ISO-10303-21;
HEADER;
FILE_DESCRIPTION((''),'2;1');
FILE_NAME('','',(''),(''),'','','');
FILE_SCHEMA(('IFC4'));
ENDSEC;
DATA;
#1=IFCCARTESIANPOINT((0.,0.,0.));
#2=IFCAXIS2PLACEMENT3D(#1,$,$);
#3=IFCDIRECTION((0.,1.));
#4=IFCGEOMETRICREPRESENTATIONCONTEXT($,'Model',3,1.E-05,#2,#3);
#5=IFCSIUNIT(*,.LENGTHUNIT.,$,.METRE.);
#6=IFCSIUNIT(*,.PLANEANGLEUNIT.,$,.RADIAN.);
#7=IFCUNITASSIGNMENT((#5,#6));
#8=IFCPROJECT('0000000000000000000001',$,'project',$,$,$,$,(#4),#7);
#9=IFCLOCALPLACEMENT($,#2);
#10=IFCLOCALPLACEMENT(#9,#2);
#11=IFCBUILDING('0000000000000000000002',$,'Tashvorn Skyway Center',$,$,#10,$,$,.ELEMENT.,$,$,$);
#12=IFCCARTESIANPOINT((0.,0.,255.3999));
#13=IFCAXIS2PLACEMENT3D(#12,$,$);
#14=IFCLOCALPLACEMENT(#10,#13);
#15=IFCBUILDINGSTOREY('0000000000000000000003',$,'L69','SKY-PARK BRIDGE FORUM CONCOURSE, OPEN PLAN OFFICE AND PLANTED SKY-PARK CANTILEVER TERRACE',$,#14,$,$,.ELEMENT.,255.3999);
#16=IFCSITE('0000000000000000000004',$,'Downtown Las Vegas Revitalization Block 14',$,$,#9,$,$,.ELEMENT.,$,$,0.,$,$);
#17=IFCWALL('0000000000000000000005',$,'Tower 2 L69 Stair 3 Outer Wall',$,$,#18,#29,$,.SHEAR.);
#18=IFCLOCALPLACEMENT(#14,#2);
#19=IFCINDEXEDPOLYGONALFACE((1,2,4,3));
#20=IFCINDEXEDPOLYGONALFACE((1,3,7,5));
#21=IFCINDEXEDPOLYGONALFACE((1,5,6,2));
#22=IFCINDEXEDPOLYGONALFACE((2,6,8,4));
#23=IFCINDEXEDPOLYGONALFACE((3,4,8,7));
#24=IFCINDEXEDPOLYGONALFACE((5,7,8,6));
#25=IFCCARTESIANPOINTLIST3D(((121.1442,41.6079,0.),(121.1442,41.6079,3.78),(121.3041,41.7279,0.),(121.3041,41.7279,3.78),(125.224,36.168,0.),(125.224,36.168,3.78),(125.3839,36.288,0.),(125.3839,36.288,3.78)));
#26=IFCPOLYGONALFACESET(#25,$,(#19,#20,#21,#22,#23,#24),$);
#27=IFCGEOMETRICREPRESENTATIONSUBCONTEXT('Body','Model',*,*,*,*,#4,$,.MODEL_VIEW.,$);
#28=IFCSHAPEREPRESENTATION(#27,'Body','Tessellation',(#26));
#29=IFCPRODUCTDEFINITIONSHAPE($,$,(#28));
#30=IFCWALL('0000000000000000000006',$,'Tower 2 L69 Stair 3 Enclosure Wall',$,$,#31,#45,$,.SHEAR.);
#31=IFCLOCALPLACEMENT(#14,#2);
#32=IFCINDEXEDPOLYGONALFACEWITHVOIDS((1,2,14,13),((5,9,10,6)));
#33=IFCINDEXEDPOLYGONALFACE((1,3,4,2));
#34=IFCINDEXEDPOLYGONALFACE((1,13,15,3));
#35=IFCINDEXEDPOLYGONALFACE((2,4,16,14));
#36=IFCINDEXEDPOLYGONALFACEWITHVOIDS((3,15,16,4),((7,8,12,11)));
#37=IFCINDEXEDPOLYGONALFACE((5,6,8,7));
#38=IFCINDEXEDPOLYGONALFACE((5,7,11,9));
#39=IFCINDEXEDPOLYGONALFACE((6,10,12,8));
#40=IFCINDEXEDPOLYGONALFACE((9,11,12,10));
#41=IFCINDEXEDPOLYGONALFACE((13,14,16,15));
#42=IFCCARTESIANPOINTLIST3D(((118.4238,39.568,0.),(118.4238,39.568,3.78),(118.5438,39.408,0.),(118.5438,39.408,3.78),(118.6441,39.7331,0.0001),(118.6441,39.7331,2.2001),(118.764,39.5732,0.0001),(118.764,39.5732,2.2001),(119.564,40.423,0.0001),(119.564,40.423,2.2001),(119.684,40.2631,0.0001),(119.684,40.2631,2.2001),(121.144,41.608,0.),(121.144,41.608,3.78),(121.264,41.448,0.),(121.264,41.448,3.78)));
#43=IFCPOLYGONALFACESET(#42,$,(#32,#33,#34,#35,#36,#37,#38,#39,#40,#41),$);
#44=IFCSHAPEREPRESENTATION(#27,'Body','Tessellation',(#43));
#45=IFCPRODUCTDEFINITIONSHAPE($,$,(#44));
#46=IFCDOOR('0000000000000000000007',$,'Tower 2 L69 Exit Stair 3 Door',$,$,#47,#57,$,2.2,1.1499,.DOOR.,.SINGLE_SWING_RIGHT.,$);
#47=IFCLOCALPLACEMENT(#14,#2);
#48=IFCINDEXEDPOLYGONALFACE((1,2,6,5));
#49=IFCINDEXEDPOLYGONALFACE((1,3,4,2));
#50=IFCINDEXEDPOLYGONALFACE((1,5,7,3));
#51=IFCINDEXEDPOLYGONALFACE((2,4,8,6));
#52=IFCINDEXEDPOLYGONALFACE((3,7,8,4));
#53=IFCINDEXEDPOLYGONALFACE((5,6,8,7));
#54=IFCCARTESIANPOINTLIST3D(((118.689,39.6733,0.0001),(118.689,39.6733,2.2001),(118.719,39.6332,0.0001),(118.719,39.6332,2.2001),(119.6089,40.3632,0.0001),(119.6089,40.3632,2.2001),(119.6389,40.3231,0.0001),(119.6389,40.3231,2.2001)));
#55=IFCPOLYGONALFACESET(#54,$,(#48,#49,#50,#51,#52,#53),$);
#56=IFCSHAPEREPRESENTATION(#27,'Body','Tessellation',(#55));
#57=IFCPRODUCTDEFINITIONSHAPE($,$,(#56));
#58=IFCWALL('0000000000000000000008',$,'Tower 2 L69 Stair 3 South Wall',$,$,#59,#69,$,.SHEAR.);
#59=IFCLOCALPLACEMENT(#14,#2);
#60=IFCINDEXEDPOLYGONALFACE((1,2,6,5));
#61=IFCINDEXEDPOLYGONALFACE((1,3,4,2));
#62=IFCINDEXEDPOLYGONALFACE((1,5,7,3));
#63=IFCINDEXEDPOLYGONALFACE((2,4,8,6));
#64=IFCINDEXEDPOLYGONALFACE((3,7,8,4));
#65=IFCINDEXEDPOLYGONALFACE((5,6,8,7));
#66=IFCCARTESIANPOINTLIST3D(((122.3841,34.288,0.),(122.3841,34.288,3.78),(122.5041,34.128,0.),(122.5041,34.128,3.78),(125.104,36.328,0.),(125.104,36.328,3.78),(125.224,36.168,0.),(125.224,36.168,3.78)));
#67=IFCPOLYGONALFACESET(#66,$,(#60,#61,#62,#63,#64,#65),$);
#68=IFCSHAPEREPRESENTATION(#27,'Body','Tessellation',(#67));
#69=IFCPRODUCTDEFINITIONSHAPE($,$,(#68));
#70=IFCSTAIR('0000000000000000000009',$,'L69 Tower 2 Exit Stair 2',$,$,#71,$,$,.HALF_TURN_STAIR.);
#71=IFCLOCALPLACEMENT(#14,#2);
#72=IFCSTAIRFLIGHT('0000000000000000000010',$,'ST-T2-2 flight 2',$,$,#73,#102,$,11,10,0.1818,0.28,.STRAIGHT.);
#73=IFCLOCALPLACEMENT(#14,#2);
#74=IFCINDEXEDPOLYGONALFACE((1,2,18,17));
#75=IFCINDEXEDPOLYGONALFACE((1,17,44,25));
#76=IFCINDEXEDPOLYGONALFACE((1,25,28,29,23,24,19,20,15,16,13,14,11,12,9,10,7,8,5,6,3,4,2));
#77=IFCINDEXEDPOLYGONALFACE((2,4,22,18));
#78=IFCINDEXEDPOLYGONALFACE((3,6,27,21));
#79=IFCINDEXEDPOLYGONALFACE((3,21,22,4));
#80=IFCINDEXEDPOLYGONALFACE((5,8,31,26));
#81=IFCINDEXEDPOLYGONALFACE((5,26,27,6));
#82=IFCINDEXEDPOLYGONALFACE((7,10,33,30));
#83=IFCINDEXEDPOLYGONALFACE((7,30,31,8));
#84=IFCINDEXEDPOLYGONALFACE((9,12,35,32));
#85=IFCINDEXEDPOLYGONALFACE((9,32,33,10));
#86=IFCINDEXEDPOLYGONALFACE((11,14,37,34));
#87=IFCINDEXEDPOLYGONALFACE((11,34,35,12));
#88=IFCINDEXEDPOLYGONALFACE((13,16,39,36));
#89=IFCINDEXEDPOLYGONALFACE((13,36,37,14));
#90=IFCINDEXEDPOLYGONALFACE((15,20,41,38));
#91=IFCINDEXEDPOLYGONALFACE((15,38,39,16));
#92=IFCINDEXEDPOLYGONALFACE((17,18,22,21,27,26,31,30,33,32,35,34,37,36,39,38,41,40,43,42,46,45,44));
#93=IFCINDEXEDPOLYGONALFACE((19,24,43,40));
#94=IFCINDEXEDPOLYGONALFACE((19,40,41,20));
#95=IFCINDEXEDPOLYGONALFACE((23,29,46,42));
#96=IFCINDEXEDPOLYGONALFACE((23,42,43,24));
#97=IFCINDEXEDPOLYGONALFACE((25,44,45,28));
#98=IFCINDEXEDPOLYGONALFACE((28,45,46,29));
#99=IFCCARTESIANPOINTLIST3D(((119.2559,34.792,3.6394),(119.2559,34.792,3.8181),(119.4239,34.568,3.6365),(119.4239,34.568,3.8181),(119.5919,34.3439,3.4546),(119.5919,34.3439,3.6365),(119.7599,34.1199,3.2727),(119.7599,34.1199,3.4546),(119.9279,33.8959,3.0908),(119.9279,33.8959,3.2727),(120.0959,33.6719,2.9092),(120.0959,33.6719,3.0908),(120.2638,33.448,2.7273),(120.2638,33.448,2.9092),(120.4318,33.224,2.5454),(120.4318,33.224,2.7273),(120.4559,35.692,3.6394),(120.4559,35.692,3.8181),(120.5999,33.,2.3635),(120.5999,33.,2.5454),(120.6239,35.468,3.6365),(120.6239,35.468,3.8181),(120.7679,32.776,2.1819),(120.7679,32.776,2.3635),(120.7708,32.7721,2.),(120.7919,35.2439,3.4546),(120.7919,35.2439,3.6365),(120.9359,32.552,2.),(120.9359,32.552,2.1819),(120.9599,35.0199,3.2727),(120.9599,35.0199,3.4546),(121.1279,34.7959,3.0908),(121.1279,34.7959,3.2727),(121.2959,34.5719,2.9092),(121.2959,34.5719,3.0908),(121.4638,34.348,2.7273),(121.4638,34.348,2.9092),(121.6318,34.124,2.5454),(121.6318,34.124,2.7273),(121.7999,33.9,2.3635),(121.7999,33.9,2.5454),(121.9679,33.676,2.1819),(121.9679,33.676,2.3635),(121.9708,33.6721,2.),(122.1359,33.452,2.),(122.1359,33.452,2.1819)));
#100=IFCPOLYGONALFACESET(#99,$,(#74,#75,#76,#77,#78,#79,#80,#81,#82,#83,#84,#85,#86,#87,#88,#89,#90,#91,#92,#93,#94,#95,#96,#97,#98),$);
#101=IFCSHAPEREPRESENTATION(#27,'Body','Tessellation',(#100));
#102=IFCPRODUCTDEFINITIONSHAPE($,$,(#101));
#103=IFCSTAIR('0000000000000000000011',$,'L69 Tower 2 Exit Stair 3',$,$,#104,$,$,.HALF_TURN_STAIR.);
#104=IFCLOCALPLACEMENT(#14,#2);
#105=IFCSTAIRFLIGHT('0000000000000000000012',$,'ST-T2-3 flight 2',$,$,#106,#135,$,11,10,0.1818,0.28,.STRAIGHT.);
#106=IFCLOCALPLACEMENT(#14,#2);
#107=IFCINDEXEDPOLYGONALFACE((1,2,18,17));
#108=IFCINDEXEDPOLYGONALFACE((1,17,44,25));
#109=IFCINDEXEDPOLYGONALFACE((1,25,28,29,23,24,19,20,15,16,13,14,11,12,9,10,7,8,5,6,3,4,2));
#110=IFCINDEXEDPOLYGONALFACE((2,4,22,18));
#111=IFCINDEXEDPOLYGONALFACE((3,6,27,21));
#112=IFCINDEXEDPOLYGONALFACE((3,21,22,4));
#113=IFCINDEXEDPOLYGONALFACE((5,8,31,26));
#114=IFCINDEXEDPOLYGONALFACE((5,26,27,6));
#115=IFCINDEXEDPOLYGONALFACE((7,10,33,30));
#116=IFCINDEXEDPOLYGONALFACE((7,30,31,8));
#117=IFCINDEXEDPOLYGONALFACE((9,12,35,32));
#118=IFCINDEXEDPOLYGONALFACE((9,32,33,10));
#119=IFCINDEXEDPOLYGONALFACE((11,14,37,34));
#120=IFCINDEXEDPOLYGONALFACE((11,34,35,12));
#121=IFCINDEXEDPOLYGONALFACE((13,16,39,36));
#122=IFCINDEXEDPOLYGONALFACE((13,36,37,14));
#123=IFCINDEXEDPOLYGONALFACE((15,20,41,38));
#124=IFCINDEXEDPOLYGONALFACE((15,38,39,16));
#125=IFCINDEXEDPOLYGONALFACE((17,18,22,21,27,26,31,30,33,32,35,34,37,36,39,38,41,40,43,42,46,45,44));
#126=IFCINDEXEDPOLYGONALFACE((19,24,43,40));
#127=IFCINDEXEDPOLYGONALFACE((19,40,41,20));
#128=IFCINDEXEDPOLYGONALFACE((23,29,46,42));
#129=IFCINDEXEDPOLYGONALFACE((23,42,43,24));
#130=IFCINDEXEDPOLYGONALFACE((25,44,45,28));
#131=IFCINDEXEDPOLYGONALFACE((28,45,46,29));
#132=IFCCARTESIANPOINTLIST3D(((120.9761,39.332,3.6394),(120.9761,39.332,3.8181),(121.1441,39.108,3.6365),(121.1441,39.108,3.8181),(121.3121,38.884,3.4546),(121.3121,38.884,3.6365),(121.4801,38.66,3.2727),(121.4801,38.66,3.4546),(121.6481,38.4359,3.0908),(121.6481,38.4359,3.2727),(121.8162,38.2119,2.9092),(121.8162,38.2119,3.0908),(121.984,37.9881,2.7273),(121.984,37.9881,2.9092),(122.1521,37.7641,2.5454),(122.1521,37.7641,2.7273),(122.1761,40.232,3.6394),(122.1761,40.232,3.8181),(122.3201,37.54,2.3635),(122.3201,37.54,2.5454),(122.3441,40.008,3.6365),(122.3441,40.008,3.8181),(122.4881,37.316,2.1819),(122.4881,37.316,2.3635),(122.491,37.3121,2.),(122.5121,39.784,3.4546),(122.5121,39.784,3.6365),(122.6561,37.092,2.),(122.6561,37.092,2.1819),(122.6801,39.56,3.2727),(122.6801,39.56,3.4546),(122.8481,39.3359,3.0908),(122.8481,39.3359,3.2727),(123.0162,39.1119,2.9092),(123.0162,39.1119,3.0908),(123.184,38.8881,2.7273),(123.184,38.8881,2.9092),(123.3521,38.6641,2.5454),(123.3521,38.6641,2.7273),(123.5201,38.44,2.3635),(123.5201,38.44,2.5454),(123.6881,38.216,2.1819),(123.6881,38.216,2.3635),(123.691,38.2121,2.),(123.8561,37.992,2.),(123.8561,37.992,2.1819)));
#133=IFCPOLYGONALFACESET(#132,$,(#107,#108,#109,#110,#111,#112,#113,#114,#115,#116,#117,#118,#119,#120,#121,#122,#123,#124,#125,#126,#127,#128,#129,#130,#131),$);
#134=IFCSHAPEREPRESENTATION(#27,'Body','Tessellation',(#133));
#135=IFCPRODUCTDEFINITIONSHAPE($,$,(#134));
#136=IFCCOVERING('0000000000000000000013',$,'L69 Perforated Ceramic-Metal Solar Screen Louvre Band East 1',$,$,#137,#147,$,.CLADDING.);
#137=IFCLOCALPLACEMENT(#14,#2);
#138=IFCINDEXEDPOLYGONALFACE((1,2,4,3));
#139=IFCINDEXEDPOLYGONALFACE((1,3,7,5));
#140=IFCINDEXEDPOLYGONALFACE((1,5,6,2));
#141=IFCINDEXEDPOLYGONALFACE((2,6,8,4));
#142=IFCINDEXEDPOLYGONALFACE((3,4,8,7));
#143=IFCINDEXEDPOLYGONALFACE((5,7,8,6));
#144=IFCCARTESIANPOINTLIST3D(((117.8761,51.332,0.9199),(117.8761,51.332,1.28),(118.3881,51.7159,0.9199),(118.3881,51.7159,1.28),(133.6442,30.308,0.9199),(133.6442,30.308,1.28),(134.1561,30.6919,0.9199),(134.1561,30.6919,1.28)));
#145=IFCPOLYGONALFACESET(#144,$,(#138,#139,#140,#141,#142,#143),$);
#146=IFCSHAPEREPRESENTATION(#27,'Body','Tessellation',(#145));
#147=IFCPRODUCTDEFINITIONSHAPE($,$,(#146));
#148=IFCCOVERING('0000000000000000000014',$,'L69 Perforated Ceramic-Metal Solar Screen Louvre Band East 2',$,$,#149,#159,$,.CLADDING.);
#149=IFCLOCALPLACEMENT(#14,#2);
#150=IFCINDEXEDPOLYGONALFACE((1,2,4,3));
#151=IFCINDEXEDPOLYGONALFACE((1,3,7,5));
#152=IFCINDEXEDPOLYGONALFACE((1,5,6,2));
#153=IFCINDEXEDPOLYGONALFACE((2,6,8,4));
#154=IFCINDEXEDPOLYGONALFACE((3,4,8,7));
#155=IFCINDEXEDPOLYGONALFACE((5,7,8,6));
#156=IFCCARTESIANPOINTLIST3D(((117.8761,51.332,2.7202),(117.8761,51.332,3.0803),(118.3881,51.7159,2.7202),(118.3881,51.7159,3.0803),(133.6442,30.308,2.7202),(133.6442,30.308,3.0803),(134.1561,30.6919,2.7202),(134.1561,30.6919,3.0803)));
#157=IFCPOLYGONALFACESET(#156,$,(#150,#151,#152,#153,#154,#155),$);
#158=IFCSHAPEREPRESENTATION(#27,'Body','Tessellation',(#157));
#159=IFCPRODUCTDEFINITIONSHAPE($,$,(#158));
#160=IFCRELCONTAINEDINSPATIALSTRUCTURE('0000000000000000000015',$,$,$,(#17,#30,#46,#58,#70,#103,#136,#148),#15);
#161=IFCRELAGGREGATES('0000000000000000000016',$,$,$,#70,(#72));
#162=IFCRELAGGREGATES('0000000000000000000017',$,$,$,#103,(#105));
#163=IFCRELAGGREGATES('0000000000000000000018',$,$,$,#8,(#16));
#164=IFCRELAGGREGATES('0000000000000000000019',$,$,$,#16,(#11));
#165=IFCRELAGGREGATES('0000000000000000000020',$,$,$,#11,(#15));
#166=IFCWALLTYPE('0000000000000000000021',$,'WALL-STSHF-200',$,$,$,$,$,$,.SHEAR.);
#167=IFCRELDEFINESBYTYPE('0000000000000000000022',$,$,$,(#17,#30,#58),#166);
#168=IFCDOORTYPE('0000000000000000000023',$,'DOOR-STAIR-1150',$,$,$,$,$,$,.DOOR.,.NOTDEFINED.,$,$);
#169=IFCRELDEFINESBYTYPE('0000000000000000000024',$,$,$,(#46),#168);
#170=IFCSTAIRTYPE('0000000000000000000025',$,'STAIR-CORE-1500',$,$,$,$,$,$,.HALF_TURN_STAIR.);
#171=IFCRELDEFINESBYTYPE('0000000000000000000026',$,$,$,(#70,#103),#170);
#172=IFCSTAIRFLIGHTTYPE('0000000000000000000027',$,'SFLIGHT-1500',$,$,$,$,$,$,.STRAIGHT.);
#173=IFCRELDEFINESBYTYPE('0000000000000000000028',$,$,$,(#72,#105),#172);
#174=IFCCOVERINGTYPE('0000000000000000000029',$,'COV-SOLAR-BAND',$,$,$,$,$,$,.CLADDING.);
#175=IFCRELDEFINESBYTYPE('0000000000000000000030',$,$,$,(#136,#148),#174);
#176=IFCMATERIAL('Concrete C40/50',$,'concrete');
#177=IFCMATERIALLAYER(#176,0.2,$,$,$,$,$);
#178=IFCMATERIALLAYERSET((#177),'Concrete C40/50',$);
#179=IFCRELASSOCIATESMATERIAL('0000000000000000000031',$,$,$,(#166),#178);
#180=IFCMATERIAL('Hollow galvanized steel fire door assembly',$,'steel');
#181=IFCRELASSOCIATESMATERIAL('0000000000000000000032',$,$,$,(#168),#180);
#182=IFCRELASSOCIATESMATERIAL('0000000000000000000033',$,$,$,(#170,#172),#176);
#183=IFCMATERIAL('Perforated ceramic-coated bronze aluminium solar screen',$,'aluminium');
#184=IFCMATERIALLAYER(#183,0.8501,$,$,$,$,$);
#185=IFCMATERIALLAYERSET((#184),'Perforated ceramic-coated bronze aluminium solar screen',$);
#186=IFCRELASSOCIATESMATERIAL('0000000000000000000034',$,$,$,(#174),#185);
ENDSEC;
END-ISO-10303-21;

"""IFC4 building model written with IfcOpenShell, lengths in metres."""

from ifc_helpers import new_model, si_unit, direction, frame, frame_2d, origin, origin_2d, place, context, subcontext, project, spatial, polyline, rectangle, outline, extrude, material, layer, layer_set, type_object, element, fill, aggregate, save


model = new_model("IFC4")

# Units and contexts
model_context = context("Model", 3, precision=1e-05, world=origin(), true_north=direction((0.0, 1.0)))
body_context = subcontext(model_context, "Body", "Model", "MODEL_VIEW")
ifc_project = project(units=[si_unit("LENGTHUNIT", "METRE"), si_unit("PLANEANGLEUNIT", "RADIAN")], contexts=[model_context])

# Site, building, storey
site_placement = place(None, origin())
site = spatial("IfcSite", under=ifc_project, at=site_placement, Name="Downtown Las Vegas Revitalization Block 14", CompositionType="ELEMENT", RefElevation=0.0)
building_placement = place(site_placement, origin())
building = spatial("IfcBuilding", under=site, at=building_placement, Name="Tashvorn Skyway Center", CompositionType="ELEMENT")
storey_placement = place(building_placement, frame((0.0, 0.0, 255.3999)))
storey = spatial("IfcBuildingStorey", under=building, at=storey_placement, Name="L69", Description="SKY-PARK BRIDGE FORUM CONCOURSE, OPEN PLAN OFFICE AND PLANTED SKY-PARK CANTILEVER TERRACE", CompositionType="ELEMENT", Elevation=255.3999)

# Wall
ifc_material_1 = material(Name="Concrete C40/50", Category="concrete")
ifc_layer_1 = layer(ifc_material_1, 0.2)
ifc_layer_set_1 = layer_set([ifc_layer_1], Name="Concrete C40/50")
wall_type_1 = type_object("IfcWallType", Name="WALL-STSHF-200", PredefinedType="SHEAR", material=ifc_layer_set_1)
wall_1_placement = place(storey_placement, frame((125.304, 36.228, 0.0), z_axis=(0.0, 0.0, 1.0), x_axis=(-0.599989, 0.800009, 0.0)))
element("IfcWall", 1, at=wall_1_placement, inside=storey, type_object=wall_type_1, Name="Tower 2 L69 Stair 3 Outer Wall", PredefinedType="SHEAR", context=body_context, shape_type="SweptSolid", body=[
    extrude(rectangle(XDim=6.7998, YDim=0.2, at=frame_2d((3.3999, 0.0))), origin(), (0.0, 0.0, 1.0), 3.78),
])

# Wall, opening, door
wall_2_placement = place(storey_placement, frame((121.2041, 41.5281, 0.0), z_axis=(0.0, 0.0, 1.0), x_axis=(-0.800017, -0.599977, 0.0)))
wall_2 = element("IfcWall", 2, at=wall_2_placement, inside=storey, type_object=wall_type_1, Name="Tower 2 L69 Stair 3 Enclosure Wall", PredefinedType="SHEAR", context=body_context, shape_type="SweptSolid", body=[
    extrude(rectangle(XDim=3.4001, YDim=0.2, at=frame_2d((1.7002, 0.0))), origin(), (0.0, 0.0, 1.0), 3.78),
])
opening_1_placement = place(wall_2_placement, frame((1.9751, 0.0, 0.0)))
opening_1 = element("IfcOpeningElement", 3, at=opening_1_placement, cuts=wall_2, PredefinedType="OPENING", context=body_context, shape_type="SweptSolid", body=[
    extrude(rectangle(XDim=1.1499, YDim=2.2, at=frame_2d((0.575, 1.1001))), frame((0.0, 0.1099, 0.0), z_axis=(0.0, -1.0, 0.0), x_axis=(1.0, 0.0, 0.0)), (0.0, 0.0, 1.0), 0.22),
])
ifc_material_2 = material(Name="Hollow galvanized steel fire door assembly", Category="steel")
door_type_1 = type_object("IfcDoorType", Name="DOOR-STAIR-1150", OperationType="NOTDEFINED", PredefinedType="DOOR", material=ifc_material_2)
door_1_placement = place(opening_1_placement, origin())
door_1 = element("IfcDoor", 4, at=door_1_placement, inside=storey, type_object=door_type_1, Name="Tower 2 L69 Exit Stair 3 Door", OperationType="SINGLE_SWING_RIGHT", OverallHeight=2.2, OverallWidth=1.1499, PredefinedType="DOOR", context=body_context, shape_type="SweptSolid", body=[
    extrude(rectangle(XDim=1.1499, YDim=2.2, at=frame_2d((0.575, 1.1001))), frame((0.0, 0.0249, 0.0), z_axis=(0.0, -1.0, 0.0), x_axis=(1.0, 0.0, 0.0)), (0.0, 0.0, 1.0), 0.05),
])
fill(opening_1, door_1)

# Wall
wall_3_placement = place(storey_placement, frame((122.4441, 34.208, 0.0), z_axis=(0.0, 0.0, 1.0), x_axis=(0.799991, 0.600011, 0.0)))
element("IfcWall", 5, at=wall_3_placement, inside=storey, type_object=wall_type_1, Name="Tower 2 L69 Stair 3 South Wall", PredefinedType="SHEAR", context=body_context, shape_type="SweptSolid", body=[
    extrude(rectangle(XDim=3.3999, YDim=0.2, at=frame_2d((1.7, 0.0))), origin(), (0.0, 0.0, 1.0), 3.78),
])

# Stairs, stair flights
stair_type = type_object("IfcStairType", Name="STAIR-CORE-1500", PredefinedType="HALF_TURN_STAIR", material=ifc_material_1)
stair_1_placement = place(storey_placement, origin())
stair_1 = element("IfcStair", 6, at=stair_1_placement, inside=storey, type_object=stair_type, Name="L69 Tower 2 Exit Stair 2", PredefinedType="HALF_TURN_STAIR")
stair_flight_type = type_object("IfcStairFlightType", Name="SFLIGHT-1500", PredefinedType="STRAIGHT", material=ifc_material_1)
stair_flight_1_placement = place(storey_placement, frame((121.5359, 33.002, 2.0), z_axis=(0.0, 0.0, 1.0), x_axis=(-0.6, 0.8, 0.0)))
stair_flight_1 = element("IfcStairFlight", 7, at=stair_flight_1_placement, type_object=stair_flight_type, Name="ST-T2-2 flight 2", NumberOfRisers=11, NumberOfTreads=10, PredefinedType="STRAIGHT", RiserHeight=0.1818, TreadLength=0.28, context=body_context, shape_type="SweptSolid", body=[
    extrude(outline(polyline([(0.0, 0.0), (0.0, 0.1819), (0.28, 0.1819), (0.28, 0.3635), (0.5601, 0.3635), (0.5601, 0.5454), (0.8401, 0.5454), (0.8401, 0.7273), (1.1201, 0.7273), (1.1201, 0.9092), (1.3999, 0.9092), (1.3999, 1.0908), (1.6799, 1.0908), (1.6799, 1.2727), (1.96, 1.2727), (1.96, 1.4546), (2.24, 1.4546), (2.24, 1.6365), (2.52, 1.6365), (2.52, 1.8181), (2.8, 1.8181), (2.8, 2.0), (2.8, 1.6394), (0.2751, 0.0), (0.0, 0.0)])), frame((0.0, 0.75, 0.0), z_axis=(0.0, -1.0, 0.0), x_axis=(1.0, 0.0, 0.0)), (0.0, 0.0, 1.0), 1.5),
])
aggregate(stair_1, [stair_flight_1])
stair_2_placement = place(storey_placement, origin())
stair_2 = element("IfcStair", 8, at=stair_2_placement, inside=storey, type_object=stair_type, Name="L69 Tower 2 Exit Stair 3", PredefinedType="HALF_TURN_STAIR")
stair_flight_2_placement = place(storey_placement, frame((123.2561, 37.542, 2.0), z_axis=(0.0, 0.0, 1.0), x_axis=(-0.6, 0.8, 0.0)))
stair_flight_2 = element("IfcStairFlight", 9, at=stair_flight_2_placement, type_object=stair_flight_type, Name="ST-T2-3 flight 2", NumberOfRisers=11, NumberOfTreads=10, PredefinedType="STRAIGHT", RiserHeight=0.1818, TreadLength=0.28, context=body_context, shape_type="SweptSolid", body=[
    extrude(outline(polyline([(0.0, 0.0), (0.0, 0.1819), (0.28, 0.1819), (0.28, 0.3635), (0.5601, 0.3635), (0.5601, 0.5454), (0.8401, 0.5454), (0.8401, 0.7273), (1.1201, 0.7273), (1.1201, 0.9092), (1.3999, 0.9092), (1.3999, 1.0908), (1.6799, 1.0908), (1.6799, 1.2727), (1.96, 1.2727), (1.96, 1.4546), (2.24, 1.4546), (2.24, 1.6365), (2.52, 1.6365), (2.52, 1.8181), (2.8, 1.8181), (2.8, 2.0), (2.8, 1.6394), (0.2751, 0.0), (0.0, 0.0)])), frame((0.0, 0.75, 0.0), z_axis=(0.0, -1.0, 0.0), x_axis=(1.0, 0.0, 0.0)), (0.0, 0.0, 1.0), 1.5),
])
aggregate(stair_2, [stair_flight_2])

# Coverings
ifc_material_3 = material(Name="Perforated ceramic-coated bronze aluminium solar screen", Category="aluminium")
ifc_layer_2 = layer(ifc_material_3, 0.8501)
ifc_layer_set_2 = layer_set([ifc_layer_2], Name="Perforated ceramic-coated bronze aluminium solar screen")
covering_type = type_object("IfcCoveringType", Name="COV-SOLAR-BAND", PredefinedType="CLADDING", material=ifc_layer_set_2)
for number, where, z_axis, x_axis, name in (
    (10, (126.0161, 41.012, 0.9199), (0.0, 0.0, 1.0), (0.6, -0.8, 0.0), "L69 Perforated Ceramic-Metal Solar Screen Louvre Band East 1"),
    (11, (126.0161, 41.012, 2.7202), (0.0, 0.0, 1.0), (0.6, -0.8, 0.0), "L69 Perforated Ceramic-Metal Solar Screen Louvre Band East 2"),
):
    element("IfcCovering", number, at=place(storey_placement, frame(where, z_axis=z_axis, x_axis=x_axis)), inside=storey, type_object=covering_type, Name=name, PredefinedType="CLADDING", context=body_context, shape_type="SweptSolid", body=[
        extrude(rectangle(XDim=26.28, YDim=0.6399, at=origin_2d()), origin(), (0.0, 0.0, 1.0), 0.3601),
    ])

save(model, "model.ifc")
